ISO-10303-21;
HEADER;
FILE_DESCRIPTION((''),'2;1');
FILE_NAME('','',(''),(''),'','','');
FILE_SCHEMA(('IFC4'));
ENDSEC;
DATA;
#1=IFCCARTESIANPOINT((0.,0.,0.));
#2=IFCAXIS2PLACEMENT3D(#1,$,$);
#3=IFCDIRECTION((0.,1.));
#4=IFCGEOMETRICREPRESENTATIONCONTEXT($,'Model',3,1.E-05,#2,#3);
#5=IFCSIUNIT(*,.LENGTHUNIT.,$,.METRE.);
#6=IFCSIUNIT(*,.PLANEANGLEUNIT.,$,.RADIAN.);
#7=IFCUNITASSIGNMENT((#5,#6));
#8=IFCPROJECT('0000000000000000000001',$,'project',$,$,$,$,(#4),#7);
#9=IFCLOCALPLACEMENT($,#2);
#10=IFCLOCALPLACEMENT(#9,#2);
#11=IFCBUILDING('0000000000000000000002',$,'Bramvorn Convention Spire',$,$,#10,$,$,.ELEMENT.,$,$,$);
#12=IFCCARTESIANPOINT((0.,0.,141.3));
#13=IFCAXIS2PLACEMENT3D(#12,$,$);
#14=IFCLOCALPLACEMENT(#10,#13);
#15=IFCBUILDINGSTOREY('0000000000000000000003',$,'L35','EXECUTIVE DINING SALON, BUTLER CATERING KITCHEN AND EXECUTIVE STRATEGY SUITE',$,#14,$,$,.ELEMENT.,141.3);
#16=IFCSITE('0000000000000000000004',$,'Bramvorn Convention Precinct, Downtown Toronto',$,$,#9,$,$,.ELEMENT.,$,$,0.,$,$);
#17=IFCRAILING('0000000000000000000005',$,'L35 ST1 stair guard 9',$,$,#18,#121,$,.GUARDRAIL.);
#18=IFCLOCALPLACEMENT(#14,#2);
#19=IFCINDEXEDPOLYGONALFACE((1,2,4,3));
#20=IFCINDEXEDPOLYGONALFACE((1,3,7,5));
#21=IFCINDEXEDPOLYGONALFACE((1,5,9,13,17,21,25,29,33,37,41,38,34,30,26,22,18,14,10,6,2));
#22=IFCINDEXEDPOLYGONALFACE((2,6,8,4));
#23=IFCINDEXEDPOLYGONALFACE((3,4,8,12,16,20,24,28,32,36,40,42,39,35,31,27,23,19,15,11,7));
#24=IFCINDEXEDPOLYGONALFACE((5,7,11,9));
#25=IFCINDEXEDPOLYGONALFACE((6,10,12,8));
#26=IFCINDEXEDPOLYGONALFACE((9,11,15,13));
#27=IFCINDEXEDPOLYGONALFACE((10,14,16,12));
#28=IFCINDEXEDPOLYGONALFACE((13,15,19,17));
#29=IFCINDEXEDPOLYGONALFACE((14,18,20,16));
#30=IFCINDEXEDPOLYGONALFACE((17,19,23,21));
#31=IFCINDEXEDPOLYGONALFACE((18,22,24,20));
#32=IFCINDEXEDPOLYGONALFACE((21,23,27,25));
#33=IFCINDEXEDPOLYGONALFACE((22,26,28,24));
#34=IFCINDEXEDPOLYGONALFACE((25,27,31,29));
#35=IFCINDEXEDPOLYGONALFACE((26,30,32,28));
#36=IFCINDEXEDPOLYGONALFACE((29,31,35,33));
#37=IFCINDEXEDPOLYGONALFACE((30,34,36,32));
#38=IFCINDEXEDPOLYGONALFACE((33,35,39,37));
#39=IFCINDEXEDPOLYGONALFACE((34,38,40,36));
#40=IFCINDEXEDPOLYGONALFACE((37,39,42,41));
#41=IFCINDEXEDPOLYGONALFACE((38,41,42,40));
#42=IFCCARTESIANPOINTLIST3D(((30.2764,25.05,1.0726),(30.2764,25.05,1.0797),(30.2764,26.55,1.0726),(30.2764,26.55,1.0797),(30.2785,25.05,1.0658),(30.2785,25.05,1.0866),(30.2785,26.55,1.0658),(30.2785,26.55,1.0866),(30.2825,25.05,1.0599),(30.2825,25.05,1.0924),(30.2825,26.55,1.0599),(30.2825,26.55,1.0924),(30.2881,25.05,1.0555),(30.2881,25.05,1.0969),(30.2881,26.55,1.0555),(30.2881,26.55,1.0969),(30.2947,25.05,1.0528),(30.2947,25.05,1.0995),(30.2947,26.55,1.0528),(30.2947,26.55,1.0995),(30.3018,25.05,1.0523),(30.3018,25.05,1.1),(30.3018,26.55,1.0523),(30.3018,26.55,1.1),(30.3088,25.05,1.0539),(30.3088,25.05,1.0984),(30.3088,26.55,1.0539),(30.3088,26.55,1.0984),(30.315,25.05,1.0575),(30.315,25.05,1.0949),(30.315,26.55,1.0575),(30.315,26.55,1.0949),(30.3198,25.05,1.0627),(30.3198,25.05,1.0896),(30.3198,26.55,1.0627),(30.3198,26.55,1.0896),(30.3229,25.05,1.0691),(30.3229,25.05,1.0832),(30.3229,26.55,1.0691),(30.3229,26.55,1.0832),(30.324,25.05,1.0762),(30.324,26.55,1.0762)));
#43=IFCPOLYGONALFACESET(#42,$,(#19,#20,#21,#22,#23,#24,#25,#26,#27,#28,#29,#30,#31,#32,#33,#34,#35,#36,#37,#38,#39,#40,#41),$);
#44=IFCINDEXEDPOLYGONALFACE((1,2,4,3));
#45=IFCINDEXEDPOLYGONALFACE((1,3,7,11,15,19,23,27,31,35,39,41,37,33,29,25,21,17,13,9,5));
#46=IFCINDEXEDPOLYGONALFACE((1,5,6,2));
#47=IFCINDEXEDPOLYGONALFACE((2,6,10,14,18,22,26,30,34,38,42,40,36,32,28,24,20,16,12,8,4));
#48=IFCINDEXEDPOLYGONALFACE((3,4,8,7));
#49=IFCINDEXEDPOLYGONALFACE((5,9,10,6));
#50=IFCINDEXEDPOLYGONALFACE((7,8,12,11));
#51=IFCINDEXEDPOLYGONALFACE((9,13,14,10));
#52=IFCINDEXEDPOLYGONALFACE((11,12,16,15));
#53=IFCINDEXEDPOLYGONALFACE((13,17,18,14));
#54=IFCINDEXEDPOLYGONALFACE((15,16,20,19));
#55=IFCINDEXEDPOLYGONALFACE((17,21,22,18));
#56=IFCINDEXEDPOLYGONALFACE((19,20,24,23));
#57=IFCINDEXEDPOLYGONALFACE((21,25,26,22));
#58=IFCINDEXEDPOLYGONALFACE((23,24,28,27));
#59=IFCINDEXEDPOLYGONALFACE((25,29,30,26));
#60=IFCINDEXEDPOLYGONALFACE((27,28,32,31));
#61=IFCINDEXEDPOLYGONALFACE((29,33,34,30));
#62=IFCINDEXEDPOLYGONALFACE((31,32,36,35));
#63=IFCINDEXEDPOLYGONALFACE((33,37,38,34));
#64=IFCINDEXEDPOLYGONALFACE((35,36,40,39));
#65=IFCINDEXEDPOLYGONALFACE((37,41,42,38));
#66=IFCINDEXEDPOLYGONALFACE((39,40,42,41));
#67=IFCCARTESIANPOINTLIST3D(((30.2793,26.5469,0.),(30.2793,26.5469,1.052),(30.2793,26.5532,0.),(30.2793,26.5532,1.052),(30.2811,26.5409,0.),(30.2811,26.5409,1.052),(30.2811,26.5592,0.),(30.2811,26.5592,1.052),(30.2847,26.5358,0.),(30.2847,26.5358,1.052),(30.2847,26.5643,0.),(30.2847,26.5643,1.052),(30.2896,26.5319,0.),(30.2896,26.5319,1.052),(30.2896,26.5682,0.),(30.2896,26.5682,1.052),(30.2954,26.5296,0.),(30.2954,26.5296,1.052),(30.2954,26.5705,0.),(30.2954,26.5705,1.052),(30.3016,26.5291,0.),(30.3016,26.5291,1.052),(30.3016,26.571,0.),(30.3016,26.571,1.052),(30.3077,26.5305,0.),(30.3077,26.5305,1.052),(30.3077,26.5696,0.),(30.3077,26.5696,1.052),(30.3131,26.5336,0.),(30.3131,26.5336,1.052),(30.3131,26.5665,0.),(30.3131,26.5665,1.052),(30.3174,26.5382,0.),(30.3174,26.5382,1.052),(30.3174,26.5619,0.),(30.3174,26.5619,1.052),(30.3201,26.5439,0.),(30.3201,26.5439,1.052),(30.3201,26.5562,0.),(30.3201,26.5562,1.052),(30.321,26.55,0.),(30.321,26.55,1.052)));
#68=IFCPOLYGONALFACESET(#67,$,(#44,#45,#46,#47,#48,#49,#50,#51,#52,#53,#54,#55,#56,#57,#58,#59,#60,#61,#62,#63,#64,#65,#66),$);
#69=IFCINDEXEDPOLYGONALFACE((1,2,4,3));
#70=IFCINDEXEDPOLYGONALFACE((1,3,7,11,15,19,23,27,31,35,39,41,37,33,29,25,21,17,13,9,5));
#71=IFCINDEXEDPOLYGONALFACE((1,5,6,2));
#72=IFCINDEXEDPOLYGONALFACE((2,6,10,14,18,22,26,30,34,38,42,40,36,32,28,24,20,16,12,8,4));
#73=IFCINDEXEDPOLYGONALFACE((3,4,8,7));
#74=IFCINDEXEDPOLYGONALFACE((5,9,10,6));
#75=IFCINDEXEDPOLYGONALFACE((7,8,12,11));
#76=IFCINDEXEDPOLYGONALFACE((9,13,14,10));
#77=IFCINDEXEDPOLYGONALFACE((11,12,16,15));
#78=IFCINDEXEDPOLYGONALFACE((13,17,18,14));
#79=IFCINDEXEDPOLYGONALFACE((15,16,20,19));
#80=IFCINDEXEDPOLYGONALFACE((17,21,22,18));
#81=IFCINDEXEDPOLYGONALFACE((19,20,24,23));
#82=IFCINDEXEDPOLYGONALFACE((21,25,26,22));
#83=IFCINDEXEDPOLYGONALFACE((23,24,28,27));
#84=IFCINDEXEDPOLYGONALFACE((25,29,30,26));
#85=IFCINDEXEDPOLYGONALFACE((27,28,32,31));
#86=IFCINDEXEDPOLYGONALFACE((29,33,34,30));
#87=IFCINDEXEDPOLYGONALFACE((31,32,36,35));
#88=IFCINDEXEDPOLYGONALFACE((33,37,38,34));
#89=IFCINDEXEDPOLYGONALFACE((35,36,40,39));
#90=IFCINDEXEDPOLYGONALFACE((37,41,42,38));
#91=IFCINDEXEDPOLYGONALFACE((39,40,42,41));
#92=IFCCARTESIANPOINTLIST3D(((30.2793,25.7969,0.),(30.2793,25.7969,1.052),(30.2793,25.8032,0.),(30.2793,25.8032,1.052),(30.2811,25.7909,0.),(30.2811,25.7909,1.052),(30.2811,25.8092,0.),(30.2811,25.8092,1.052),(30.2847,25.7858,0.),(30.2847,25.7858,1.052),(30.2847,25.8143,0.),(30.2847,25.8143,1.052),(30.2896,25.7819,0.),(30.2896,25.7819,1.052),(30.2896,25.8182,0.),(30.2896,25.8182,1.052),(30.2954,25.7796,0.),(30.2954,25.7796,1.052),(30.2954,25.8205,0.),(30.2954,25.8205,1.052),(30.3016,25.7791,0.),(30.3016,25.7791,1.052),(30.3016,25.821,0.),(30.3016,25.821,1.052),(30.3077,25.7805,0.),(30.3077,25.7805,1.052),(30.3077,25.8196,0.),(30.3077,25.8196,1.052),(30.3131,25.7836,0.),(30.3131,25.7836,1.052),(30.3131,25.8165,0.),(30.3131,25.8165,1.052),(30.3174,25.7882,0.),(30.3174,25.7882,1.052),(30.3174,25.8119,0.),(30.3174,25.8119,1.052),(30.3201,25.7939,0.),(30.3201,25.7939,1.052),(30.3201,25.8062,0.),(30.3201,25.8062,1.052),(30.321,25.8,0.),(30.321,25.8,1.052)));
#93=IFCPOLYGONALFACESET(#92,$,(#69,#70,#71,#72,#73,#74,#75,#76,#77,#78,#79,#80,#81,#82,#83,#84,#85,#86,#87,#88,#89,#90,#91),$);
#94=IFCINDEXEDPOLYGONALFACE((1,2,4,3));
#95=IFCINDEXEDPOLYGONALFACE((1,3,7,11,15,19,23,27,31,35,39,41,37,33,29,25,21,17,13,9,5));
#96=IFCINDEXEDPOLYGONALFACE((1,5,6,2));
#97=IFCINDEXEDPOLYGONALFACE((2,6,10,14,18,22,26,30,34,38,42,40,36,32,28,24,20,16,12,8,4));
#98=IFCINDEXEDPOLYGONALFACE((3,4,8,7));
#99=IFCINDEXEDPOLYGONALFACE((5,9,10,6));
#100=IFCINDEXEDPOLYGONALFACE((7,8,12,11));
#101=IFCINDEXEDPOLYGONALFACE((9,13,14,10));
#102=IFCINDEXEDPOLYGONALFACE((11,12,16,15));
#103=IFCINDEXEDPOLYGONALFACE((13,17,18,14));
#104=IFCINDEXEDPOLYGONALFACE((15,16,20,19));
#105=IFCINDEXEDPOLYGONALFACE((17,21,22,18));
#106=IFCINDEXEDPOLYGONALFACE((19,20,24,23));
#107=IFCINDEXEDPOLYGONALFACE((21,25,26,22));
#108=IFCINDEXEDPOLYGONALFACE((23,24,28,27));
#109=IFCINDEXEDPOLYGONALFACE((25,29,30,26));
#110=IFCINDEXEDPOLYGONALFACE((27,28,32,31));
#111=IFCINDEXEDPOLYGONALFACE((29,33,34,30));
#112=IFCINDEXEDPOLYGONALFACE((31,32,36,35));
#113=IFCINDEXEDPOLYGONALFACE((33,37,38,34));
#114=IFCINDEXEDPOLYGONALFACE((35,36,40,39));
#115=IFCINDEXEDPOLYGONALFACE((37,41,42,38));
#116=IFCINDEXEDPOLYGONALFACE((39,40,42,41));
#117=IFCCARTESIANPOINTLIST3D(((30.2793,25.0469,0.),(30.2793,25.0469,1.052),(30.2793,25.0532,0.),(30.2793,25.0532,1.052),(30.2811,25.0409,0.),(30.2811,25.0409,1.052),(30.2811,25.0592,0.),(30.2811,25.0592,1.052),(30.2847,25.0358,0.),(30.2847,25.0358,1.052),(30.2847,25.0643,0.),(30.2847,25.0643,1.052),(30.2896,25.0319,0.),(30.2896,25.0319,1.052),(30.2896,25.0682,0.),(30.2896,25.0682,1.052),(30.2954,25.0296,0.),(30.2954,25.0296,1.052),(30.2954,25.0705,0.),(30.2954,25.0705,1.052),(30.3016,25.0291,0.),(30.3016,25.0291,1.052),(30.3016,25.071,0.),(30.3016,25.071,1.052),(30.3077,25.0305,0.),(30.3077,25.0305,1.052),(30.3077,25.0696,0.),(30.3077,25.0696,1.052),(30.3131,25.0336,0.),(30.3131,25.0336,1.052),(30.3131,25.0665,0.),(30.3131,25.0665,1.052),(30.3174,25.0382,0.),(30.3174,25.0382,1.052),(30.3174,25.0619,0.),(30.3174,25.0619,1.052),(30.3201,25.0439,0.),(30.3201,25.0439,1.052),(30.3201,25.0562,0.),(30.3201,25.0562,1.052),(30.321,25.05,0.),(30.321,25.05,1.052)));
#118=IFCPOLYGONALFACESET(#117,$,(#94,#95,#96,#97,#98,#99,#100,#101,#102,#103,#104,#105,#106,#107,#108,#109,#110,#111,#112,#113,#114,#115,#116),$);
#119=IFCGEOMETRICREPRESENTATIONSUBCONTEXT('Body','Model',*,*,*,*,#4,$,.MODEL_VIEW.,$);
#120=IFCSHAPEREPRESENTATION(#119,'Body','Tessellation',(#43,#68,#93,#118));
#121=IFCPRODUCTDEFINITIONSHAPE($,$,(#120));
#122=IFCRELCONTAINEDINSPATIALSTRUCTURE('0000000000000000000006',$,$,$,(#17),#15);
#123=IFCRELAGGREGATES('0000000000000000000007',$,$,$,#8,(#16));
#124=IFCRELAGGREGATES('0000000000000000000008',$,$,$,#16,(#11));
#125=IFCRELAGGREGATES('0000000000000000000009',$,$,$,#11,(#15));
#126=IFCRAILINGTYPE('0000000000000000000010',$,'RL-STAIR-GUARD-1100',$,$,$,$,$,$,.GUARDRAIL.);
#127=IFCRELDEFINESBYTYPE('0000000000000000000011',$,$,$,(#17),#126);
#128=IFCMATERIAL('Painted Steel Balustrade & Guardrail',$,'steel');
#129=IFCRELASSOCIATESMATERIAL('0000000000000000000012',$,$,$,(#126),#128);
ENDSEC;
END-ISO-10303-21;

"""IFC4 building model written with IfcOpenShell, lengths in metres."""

from ifc_helpers import new_model, si_unit, direction, frame, origin, origin_2d, place, context, subcontext, project, spatial, circle, extrude, material, type_object, element, save


model = new_model("IFC4")

# Units and contexts
model_context = context("Model", 3, precision=1e-05, world=origin(), true_north=direction((0.0, 1.0)))
body_context = subcontext(model_context, "Body", "Model", "MODEL_VIEW")
ifc_project = project(units=[si_unit("LENGTHUNIT", "METRE"), si_unit("PLANEANGLEUNIT", "RADIAN")], contexts=[model_context])

# Site, building, storey
site_placement = place(None, origin())
site = spatial("IfcSite", under=ifc_project, at=site_placement, Name="Bramvorn Convention Precinct, Downtown Toronto", CompositionType="ELEMENT", RefElevation=0.0)
building_placement = place(site_placement, origin())
building = spatial("IfcBuilding", under=site, at=building_placement, Name="Bramvorn Convention Spire", CompositionType="ELEMENT")
storey_placement = place(building_placement, frame((0.0, 0.0, 141.3)))
storey = spatial("IfcBuildingStorey", under=building, at=storey_placement, Name="L35", Description="EXECUTIVE DINING SALON, BUTLER CATERING KITCHEN AND EXECUTIVE STRATEGY SUITE", CompositionType="ELEMENT", Elevation=141.3)

# Railing
ifc_material_1 = material(Name="Painted Steel Balustrade & Guardrail", Category="steel")
railing_type_1 = type_object("IfcRailingType", Name="RL-STAIR-GUARD-1100", PredefinedType="GUARDRAIL", material=ifc_material_1)
railing_1_placement = place(storey_placement, frame((30.3, 26.55, 0.0)))
element("IfcRailing", 1, at=railing_1_placement, inside=storey, type_object=railing_type_1, Name="L35 ST1 stair guard 9", PredefinedType="GUARDRAIL", context=body_context, shape_type="SweptSolid", body=[
    extrude(circle(Radius=0.0239, at=origin_2d()), frame((0.0, 0.0, 1.0762), z_axis=(0.0, -1.0, 0.0), x_axis=(1.0, 0.0, 0.0)), (0.0, 0.0, 1.0), 1.5),
    extrude(circle(Radius=0.021, at=origin_2d()), origin(), (0.0, 0.0, 1.0), 1.052),
    extrude(circle(Radius=0.021, at=origin_2d()), frame((0.0, -0.75, 0.0)), (0.0, 0.0, 1.0), 1.052),
    extrude(circle(Radius=0.021, at=origin_2d()), frame((0.0, -1.5, 0.0)), (0.0, 0.0, 1.0), 1.052),
])

save(model, "model.ifc")
